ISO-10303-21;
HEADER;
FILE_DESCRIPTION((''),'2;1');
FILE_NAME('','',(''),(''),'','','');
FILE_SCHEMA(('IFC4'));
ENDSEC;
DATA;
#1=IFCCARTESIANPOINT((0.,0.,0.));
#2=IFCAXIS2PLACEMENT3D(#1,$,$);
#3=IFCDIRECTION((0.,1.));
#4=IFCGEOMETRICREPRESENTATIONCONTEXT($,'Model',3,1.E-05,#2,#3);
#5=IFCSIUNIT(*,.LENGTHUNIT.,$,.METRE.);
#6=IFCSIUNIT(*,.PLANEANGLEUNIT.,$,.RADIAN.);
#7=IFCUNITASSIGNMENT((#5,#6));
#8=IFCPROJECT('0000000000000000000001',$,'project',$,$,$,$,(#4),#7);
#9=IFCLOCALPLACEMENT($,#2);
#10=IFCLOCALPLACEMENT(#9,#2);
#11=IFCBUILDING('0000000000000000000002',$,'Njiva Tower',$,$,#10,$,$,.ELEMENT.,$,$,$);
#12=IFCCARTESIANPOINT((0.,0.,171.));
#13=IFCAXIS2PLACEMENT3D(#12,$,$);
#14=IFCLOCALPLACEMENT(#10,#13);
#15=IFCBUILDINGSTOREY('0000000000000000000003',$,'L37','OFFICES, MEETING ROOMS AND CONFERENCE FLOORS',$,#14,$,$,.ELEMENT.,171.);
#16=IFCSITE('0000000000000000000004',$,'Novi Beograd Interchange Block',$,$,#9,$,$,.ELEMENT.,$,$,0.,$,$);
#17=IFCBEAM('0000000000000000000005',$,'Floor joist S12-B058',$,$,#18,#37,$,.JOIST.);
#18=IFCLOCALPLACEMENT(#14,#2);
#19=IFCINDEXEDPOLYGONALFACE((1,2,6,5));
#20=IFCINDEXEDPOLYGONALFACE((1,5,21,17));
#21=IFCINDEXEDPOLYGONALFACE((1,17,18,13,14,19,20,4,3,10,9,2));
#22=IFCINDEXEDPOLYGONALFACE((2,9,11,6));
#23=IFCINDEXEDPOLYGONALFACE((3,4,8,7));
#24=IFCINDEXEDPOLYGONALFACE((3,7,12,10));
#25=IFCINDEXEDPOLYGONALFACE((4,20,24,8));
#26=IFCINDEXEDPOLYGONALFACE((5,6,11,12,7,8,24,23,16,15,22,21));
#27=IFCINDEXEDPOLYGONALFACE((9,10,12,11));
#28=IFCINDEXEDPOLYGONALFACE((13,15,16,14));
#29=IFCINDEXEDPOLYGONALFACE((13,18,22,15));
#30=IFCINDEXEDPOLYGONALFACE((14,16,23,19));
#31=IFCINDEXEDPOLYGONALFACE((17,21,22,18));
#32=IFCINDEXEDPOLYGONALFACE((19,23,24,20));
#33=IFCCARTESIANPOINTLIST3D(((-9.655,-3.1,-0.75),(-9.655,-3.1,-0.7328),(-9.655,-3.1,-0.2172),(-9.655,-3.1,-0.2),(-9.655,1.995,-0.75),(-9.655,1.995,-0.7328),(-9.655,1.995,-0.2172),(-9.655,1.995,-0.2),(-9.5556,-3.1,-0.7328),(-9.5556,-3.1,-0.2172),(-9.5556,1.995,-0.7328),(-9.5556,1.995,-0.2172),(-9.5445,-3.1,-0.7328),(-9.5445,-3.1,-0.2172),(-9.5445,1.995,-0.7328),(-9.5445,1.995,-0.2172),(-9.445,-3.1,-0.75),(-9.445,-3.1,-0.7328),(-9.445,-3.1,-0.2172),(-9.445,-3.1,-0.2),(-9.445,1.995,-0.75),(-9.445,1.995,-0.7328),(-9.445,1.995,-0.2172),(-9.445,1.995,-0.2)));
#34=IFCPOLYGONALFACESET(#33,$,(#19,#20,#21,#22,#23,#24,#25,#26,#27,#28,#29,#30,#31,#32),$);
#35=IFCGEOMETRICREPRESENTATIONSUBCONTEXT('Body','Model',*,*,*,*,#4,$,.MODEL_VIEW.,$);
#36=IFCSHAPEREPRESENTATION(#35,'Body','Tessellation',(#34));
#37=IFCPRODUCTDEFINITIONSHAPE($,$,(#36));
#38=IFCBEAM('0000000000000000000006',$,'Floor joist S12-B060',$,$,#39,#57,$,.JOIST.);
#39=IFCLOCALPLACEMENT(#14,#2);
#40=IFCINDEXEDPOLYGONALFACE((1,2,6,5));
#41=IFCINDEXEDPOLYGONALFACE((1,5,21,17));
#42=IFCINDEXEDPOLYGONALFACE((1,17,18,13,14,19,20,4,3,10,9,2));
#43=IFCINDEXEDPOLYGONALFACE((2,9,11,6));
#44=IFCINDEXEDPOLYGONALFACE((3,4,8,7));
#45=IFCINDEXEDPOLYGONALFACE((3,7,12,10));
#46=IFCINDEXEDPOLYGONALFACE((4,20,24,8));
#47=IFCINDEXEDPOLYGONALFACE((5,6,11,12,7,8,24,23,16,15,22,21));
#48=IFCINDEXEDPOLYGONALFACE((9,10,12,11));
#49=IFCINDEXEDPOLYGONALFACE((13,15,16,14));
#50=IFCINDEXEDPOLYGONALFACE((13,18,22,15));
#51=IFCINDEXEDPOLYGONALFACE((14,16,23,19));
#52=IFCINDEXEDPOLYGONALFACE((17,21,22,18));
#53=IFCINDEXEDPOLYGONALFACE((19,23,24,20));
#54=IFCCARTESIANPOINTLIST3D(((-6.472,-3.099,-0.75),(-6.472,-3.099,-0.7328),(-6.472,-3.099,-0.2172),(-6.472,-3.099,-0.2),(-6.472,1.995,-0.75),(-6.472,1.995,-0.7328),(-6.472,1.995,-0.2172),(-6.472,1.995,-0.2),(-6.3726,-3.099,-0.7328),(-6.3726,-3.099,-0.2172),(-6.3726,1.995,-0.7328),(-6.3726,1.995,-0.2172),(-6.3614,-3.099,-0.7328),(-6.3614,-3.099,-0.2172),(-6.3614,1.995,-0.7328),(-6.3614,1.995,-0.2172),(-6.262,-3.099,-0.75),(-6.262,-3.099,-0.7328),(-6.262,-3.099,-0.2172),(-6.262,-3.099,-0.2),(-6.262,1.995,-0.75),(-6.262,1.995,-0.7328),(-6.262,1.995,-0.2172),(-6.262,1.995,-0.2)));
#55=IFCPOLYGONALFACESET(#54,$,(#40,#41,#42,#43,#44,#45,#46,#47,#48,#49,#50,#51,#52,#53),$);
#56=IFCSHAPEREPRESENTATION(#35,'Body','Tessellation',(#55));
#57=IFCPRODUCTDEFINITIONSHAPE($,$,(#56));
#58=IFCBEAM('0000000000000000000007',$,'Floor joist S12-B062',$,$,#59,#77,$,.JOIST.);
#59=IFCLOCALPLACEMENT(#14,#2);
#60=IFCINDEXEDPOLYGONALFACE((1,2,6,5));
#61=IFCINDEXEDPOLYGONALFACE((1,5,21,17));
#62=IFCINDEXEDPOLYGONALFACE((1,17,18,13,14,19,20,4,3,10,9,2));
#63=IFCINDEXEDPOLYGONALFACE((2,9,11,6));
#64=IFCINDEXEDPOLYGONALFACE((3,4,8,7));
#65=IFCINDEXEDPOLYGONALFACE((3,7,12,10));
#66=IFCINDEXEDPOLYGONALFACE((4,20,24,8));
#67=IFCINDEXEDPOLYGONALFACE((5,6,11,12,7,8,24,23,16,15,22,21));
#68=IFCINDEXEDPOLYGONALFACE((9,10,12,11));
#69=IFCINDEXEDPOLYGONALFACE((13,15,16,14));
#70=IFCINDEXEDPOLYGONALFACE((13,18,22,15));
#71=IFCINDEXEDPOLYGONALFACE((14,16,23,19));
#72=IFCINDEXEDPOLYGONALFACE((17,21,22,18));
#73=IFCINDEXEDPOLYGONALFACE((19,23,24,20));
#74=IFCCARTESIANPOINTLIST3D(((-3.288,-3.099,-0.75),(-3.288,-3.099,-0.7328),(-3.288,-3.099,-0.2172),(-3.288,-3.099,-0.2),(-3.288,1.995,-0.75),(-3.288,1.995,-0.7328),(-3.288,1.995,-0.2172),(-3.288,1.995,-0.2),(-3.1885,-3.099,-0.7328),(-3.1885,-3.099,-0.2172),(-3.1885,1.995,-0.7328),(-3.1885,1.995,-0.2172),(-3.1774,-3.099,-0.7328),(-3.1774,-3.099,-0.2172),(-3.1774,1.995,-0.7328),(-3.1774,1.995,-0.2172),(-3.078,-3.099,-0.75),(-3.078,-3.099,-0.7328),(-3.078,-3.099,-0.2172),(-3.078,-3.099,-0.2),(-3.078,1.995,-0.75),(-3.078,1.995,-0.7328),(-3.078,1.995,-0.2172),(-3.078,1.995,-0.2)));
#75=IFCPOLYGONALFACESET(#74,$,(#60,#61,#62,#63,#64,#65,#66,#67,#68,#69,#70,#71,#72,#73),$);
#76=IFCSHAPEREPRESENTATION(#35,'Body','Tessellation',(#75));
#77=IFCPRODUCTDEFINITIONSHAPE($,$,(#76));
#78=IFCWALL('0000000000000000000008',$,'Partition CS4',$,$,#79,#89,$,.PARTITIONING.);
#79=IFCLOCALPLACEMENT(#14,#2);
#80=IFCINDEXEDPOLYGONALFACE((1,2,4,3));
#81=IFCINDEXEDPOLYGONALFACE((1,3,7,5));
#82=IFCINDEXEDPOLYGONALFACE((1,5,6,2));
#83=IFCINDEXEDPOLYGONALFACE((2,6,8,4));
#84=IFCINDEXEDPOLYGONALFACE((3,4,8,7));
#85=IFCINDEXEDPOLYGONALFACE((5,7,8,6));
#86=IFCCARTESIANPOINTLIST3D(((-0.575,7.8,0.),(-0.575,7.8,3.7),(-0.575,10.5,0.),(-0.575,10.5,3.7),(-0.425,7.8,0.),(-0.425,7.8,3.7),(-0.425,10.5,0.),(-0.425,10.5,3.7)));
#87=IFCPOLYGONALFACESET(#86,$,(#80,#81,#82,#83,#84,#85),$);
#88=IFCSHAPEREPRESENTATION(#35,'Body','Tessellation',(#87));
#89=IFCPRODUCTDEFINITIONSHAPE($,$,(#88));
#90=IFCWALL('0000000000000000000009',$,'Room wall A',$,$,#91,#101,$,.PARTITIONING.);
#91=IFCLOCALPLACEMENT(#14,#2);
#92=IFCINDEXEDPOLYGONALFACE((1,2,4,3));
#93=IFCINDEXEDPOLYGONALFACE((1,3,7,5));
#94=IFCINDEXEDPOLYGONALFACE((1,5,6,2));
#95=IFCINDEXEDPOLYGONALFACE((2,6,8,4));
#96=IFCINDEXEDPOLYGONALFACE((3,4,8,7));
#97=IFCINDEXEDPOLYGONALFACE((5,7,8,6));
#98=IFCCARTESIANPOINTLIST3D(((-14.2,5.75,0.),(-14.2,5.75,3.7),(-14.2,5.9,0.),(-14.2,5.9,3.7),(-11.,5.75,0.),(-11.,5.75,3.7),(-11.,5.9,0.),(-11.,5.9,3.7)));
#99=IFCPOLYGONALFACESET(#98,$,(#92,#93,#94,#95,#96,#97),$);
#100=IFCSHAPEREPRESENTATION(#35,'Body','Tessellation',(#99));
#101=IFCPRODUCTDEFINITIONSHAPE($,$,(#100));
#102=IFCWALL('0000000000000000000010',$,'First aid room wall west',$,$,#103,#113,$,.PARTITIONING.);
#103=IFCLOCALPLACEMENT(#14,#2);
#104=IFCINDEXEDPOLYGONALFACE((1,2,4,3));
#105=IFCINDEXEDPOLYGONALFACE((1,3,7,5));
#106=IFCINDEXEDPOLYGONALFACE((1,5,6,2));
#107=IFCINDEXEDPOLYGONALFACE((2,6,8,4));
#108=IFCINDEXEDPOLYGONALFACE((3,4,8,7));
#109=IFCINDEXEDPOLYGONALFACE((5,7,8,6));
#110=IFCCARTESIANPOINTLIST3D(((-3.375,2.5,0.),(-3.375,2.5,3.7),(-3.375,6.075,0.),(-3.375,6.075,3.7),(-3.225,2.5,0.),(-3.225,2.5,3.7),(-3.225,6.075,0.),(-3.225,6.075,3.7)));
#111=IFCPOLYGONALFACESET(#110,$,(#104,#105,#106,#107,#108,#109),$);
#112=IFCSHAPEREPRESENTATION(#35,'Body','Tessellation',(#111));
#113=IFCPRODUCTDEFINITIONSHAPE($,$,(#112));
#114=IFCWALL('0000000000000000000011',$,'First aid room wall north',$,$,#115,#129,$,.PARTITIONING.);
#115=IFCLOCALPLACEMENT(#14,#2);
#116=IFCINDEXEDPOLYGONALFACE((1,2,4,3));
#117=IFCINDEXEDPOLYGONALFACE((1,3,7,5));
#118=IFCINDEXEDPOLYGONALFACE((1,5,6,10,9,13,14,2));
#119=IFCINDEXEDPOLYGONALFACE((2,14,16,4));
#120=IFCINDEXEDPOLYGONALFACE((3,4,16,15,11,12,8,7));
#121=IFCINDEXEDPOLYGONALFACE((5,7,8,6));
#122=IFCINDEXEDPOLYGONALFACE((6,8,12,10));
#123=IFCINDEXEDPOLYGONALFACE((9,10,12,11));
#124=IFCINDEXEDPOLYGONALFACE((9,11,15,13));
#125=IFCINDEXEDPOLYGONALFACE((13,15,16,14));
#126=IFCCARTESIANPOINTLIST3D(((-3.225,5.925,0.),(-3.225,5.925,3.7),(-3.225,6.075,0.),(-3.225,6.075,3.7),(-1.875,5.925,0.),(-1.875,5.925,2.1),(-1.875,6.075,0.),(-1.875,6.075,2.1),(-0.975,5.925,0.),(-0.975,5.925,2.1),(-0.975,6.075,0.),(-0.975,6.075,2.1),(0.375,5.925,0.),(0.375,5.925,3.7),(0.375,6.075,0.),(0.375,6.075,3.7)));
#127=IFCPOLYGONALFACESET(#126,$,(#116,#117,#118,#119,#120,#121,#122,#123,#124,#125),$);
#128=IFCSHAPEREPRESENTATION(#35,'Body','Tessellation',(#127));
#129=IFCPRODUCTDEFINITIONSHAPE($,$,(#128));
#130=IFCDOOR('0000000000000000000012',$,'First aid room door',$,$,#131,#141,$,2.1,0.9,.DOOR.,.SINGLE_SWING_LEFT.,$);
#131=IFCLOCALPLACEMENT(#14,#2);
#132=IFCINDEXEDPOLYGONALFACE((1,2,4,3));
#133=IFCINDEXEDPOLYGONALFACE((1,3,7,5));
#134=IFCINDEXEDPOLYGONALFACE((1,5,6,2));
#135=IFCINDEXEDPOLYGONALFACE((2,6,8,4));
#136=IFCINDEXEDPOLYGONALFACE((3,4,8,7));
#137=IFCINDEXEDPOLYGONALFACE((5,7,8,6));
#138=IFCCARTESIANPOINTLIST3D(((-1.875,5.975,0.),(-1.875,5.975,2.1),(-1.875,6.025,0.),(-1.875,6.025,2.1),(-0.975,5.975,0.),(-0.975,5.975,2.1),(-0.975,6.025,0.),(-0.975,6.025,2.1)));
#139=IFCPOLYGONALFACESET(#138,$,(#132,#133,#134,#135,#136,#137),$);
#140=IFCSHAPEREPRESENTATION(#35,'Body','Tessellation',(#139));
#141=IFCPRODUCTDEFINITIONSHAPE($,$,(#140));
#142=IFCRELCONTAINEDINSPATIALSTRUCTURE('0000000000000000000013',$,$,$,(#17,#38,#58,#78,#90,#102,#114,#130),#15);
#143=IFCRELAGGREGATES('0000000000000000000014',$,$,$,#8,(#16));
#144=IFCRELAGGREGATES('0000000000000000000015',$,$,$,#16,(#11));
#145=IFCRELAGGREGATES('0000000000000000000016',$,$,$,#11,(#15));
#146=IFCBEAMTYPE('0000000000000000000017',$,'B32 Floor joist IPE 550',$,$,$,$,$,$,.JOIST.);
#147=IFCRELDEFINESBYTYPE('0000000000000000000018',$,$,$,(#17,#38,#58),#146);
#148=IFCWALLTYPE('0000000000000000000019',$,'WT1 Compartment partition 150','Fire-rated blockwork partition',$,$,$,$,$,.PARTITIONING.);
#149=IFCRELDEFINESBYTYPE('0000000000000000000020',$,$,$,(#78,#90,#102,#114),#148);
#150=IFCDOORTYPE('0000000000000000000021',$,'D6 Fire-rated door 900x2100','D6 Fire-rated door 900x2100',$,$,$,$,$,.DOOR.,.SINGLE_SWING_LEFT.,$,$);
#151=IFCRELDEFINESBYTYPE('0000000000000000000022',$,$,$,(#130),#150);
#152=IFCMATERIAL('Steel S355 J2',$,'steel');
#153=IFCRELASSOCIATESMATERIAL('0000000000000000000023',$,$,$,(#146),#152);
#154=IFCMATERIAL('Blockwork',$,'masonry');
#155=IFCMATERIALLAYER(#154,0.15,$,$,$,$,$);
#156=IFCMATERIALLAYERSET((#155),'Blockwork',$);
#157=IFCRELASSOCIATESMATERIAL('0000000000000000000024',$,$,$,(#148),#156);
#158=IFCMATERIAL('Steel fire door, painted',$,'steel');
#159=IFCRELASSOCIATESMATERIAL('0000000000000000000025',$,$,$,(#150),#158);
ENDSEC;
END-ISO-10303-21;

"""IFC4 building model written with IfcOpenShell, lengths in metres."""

from ifc_helpers import new_model, si_unit, direction, frame, frame_2d, origin, origin_2d, place, context, subcontext, project, spatial, rectangle, i_section, extrude, material, layer, layer_set, material_profile, profile_set, type_object, element, fill, save


model = new_model("IFC4")

# Units and contexts
model_context = context("Model", 3, precision=1e-05, world=origin(), true_north=direction((0.0, 1.0)))
body_context = subcontext(model_context, "Body", "Model", "MODEL_VIEW")
ifc_project = project(units=[si_unit("LENGTHUNIT", "METRE"), si_unit("PLANEANGLEUNIT", "RADIAN")], contexts=[model_context])

# Site, building, storey
site_placement = place(None, origin())
site = spatial("IfcSite", under=ifc_project, at=site_placement, Name="Novi Beograd Interchange Block", CompositionType="ELEMENT", RefElevation=0.0)
building_placement = place(site_placement, origin())
building = spatial("IfcBuilding", under=site, at=building_placement, Name="Njiva Tower", CompositionType="ELEMENT")
storey_placement = place(building_placement, frame((0.0, 0.0, 171.0)))
storey = spatial("IfcBuildingStorey", under=building, at=storey_placement, Name="L37", Description="OFFICES, MEETING ROOMS AND CONFERENCE FLOORS", CompositionType="ELEMENT", Elevation=171.0)

# Beams
ifc_material_1 = material(Name="Steel S355 J2", Category="steel")
ifc_material_profile = material_profile(ifc_material_1, i_section(OverallWidth=0.21, OverallDepth=0.55, WebThickness=0.0111, FlangeThickness=0.0172, at=origin_2d()), Name="IPE 550")
ifc_profile_set = profile_set([ifc_material_profile], Name="Steel S355 J2")
beam_type = type_object("IfcBeamType", Name="B32 Floor joist IPE 550", PredefinedType="JOIST", material=ifc_profile_set)
beam_placement = place(storey_placement, frame((-9.55, 1.995, -0.475), z_axis=(0.0, -1.0, 0.0), x_axis=(1.0, 0.0, 0.0)))
element("IfcBeam", 1, at=beam_placement, inside=storey, type_object=beam_type, Name="Floor joist S12-B058", PredefinedType="JOIST", context=body_context, shape_type="SweptSolid", body=[
    extrude(i_section(OverallWidth=0.21, OverallDepth=0.55, WebThickness=0.0111, FlangeThickness=0.0172, at=origin_2d()), origin(), (0.0, 0.0, 1.0), 5.095),
])
for number, where, z_axis, x_axis, name in (
    (2, (-6.367, 1.995, -0.475), (0.0, -1.0, 0.0), (1.0, 0.0, 0.0), "Floor joist S12-B060"),
    (3, (-3.183, 1.995, -0.475), (0.0, -1.0, 0.0), (1.0, 0.0, 0.0), "Floor joist S12-B062"),
):
    element("IfcBeam", number, at=place(storey_placement, frame(where, z_axis=z_axis, x_axis=x_axis)), inside=storey, type_object=beam_type, Name=name, PredefinedType="JOIST", context=body_context, shape_type="SweptSolid", body=[
        extrude(i_section(OverallWidth=0.21, OverallDepth=0.55, WebThickness=0.0111, FlangeThickness=0.0172, at=origin_2d()), origin(), (0.0, 0.0, 1.0), 5.094),
    ])

# Walls
ifc_material_2 = material(Name="Blockwork", Category="masonry")
ifc_layer_1 = layer(ifc_material_2, 0.15)
ifc_layer_set_1 = layer_set([ifc_layer_1], Name="Blockwork")
wall_type_1 = type_object("IfcWallType", Name="WT1 Compartment partition 150", Description="Fire-rated blockwork partition", PredefinedType="PARTITIONING", material=ifc_layer_set_1)
wall_1_placement = place(storey_placement, frame((-0.5, 7.8, 0.0), z_axis=(0.0, 0.0, 1.0), x_axis=(0.0, 1.0, 0.0)))
element("IfcWall", 4, at=wall_1_placement, inside=storey, type_object=wall_type_1, Name="Partition CS4", PredefinedType="PARTITIONING", context=body_context, shape_type="SweptSolid", body=[
    extrude(rectangle(XDim=2.7, YDim=0.15, at=frame_2d((1.35, 0.0))), origin(), (0.0, 0.0, 1.0), 3.7),
])
wall_2_placement = place(storey_placement, frame((-14.2, 5.825, 0.0), z_axis=(0.0, 0.0, 1.0), x_axis=(1.0, 0.0, 0.0)))
element("IfcWall", 5, at=wall_2_placement, inside=storey, type_object=wall_type_1, Name="Room wall A", PredefinedType="PARTITIONING", context=body_context, shape_type="SweptSolid", body=[
    extrude(rectangle(XDim=3.2, YDim=0.15, at=frame_2d((1.6, 0.0))), origin(), (0.0, 0.0, 1.0), 3.7),
])
wall_3_placement = place(storey_placement, frame((-3.3, 2.5, 0.0), z_axis=(0.0, 0.0, 1.0), x_axis=(0.0, 1.0, 0.0)))
element("IfcWall", 6, at=wall_3_placement, inside=storey, type_object=wall_type_1, Name="First aid room wall west", PredefinedType="PARTITIONING", context=body_context, shape_type="SweptSolid", body=[
    extrude(rectangle(XDim=3.575, YDim=0.15, at=frame_2d((1.7875, 0.0))), origin(), (0.0, 0.0, 1.0), 3.7),
])

# Wall, opening, door
wall_4_placement = place(storey_placement, frame((-3.225, 6.0, 0.0), z_axis=(0.0, 0.0, 1.0), x_axis=(1.0, 0.0, 0.0)))
wall_4 = element("IfcWall", 7, at=wall_4_placement, inside=storey, type_object=wall_type_1, Name="First aid room wall north", PredefinedType="PARTITIONING", context=body_context, shape_type="SweptSolid", body=[
    extrude(rectangle(XDim=3.6, YDim=0.15, at=frame_2d((1.8, 0.0))), origin(), (0.0, 0.0, 1.0), 3.7),
])
opening_1_placement = place(wall_4_placement, frame((1.35, 0.0, 0.0)))
opening_1 = element("IfcOpeningElement", 8, at=opening_1_placement, cuts=wall_4, PredefinedType="OPENING", context=body_context, shape_type="SweptSolid", body=[
    extrude(rectangle(XDim=0.9, YDim=2.1, at=frame_2d((0.45, 1.05))), frame((0.0, 0.085, 0.0), z_axis=(0.0, -1.0, 0.0), x_axis=(1.0, 0.0, 0.0)), (0.0, 0.0, 1.0), 0.17),
])
ifc_material_3 = material(Name="Steel fire door, painted", Category="steel")
door_type_1 = type_object("IfcDoorType", Name="D6 Fire-rated door 900x2100", Description="D6 Fire-rated door 900x2100", OperationType="SINGLE_SWING_LEFT", PredefinedType="DOOR", material=ifc_material_3)
door_1_placement = place(opening_1_placement, origin())
door_1 = element("IfcDoor", 9, at=door_1_placement, inside=storey, type_object=door_type_1, Name="First aid room door", OperationType="SINGLE_SWING_LEFT", OverallHeight=2.1, OverallWidth=0.9, PredefinedType="DOOR", context=body_context, shape_type="SweptSolid", body=[
    extrude(rectangle(XDim=0.9, YDim=2.1, at=frame_2d((0.45, 1.05))), frame((0.0, 0.025, 0.0), z_axis=(0.0, -1.0, 0.0), x_axis=(1.0, 0.0, 0.0)), (0.0, 0.0, 1.0), 0.05),
])
fill(opening_1, door_1)

save(model, "model.ifc")
